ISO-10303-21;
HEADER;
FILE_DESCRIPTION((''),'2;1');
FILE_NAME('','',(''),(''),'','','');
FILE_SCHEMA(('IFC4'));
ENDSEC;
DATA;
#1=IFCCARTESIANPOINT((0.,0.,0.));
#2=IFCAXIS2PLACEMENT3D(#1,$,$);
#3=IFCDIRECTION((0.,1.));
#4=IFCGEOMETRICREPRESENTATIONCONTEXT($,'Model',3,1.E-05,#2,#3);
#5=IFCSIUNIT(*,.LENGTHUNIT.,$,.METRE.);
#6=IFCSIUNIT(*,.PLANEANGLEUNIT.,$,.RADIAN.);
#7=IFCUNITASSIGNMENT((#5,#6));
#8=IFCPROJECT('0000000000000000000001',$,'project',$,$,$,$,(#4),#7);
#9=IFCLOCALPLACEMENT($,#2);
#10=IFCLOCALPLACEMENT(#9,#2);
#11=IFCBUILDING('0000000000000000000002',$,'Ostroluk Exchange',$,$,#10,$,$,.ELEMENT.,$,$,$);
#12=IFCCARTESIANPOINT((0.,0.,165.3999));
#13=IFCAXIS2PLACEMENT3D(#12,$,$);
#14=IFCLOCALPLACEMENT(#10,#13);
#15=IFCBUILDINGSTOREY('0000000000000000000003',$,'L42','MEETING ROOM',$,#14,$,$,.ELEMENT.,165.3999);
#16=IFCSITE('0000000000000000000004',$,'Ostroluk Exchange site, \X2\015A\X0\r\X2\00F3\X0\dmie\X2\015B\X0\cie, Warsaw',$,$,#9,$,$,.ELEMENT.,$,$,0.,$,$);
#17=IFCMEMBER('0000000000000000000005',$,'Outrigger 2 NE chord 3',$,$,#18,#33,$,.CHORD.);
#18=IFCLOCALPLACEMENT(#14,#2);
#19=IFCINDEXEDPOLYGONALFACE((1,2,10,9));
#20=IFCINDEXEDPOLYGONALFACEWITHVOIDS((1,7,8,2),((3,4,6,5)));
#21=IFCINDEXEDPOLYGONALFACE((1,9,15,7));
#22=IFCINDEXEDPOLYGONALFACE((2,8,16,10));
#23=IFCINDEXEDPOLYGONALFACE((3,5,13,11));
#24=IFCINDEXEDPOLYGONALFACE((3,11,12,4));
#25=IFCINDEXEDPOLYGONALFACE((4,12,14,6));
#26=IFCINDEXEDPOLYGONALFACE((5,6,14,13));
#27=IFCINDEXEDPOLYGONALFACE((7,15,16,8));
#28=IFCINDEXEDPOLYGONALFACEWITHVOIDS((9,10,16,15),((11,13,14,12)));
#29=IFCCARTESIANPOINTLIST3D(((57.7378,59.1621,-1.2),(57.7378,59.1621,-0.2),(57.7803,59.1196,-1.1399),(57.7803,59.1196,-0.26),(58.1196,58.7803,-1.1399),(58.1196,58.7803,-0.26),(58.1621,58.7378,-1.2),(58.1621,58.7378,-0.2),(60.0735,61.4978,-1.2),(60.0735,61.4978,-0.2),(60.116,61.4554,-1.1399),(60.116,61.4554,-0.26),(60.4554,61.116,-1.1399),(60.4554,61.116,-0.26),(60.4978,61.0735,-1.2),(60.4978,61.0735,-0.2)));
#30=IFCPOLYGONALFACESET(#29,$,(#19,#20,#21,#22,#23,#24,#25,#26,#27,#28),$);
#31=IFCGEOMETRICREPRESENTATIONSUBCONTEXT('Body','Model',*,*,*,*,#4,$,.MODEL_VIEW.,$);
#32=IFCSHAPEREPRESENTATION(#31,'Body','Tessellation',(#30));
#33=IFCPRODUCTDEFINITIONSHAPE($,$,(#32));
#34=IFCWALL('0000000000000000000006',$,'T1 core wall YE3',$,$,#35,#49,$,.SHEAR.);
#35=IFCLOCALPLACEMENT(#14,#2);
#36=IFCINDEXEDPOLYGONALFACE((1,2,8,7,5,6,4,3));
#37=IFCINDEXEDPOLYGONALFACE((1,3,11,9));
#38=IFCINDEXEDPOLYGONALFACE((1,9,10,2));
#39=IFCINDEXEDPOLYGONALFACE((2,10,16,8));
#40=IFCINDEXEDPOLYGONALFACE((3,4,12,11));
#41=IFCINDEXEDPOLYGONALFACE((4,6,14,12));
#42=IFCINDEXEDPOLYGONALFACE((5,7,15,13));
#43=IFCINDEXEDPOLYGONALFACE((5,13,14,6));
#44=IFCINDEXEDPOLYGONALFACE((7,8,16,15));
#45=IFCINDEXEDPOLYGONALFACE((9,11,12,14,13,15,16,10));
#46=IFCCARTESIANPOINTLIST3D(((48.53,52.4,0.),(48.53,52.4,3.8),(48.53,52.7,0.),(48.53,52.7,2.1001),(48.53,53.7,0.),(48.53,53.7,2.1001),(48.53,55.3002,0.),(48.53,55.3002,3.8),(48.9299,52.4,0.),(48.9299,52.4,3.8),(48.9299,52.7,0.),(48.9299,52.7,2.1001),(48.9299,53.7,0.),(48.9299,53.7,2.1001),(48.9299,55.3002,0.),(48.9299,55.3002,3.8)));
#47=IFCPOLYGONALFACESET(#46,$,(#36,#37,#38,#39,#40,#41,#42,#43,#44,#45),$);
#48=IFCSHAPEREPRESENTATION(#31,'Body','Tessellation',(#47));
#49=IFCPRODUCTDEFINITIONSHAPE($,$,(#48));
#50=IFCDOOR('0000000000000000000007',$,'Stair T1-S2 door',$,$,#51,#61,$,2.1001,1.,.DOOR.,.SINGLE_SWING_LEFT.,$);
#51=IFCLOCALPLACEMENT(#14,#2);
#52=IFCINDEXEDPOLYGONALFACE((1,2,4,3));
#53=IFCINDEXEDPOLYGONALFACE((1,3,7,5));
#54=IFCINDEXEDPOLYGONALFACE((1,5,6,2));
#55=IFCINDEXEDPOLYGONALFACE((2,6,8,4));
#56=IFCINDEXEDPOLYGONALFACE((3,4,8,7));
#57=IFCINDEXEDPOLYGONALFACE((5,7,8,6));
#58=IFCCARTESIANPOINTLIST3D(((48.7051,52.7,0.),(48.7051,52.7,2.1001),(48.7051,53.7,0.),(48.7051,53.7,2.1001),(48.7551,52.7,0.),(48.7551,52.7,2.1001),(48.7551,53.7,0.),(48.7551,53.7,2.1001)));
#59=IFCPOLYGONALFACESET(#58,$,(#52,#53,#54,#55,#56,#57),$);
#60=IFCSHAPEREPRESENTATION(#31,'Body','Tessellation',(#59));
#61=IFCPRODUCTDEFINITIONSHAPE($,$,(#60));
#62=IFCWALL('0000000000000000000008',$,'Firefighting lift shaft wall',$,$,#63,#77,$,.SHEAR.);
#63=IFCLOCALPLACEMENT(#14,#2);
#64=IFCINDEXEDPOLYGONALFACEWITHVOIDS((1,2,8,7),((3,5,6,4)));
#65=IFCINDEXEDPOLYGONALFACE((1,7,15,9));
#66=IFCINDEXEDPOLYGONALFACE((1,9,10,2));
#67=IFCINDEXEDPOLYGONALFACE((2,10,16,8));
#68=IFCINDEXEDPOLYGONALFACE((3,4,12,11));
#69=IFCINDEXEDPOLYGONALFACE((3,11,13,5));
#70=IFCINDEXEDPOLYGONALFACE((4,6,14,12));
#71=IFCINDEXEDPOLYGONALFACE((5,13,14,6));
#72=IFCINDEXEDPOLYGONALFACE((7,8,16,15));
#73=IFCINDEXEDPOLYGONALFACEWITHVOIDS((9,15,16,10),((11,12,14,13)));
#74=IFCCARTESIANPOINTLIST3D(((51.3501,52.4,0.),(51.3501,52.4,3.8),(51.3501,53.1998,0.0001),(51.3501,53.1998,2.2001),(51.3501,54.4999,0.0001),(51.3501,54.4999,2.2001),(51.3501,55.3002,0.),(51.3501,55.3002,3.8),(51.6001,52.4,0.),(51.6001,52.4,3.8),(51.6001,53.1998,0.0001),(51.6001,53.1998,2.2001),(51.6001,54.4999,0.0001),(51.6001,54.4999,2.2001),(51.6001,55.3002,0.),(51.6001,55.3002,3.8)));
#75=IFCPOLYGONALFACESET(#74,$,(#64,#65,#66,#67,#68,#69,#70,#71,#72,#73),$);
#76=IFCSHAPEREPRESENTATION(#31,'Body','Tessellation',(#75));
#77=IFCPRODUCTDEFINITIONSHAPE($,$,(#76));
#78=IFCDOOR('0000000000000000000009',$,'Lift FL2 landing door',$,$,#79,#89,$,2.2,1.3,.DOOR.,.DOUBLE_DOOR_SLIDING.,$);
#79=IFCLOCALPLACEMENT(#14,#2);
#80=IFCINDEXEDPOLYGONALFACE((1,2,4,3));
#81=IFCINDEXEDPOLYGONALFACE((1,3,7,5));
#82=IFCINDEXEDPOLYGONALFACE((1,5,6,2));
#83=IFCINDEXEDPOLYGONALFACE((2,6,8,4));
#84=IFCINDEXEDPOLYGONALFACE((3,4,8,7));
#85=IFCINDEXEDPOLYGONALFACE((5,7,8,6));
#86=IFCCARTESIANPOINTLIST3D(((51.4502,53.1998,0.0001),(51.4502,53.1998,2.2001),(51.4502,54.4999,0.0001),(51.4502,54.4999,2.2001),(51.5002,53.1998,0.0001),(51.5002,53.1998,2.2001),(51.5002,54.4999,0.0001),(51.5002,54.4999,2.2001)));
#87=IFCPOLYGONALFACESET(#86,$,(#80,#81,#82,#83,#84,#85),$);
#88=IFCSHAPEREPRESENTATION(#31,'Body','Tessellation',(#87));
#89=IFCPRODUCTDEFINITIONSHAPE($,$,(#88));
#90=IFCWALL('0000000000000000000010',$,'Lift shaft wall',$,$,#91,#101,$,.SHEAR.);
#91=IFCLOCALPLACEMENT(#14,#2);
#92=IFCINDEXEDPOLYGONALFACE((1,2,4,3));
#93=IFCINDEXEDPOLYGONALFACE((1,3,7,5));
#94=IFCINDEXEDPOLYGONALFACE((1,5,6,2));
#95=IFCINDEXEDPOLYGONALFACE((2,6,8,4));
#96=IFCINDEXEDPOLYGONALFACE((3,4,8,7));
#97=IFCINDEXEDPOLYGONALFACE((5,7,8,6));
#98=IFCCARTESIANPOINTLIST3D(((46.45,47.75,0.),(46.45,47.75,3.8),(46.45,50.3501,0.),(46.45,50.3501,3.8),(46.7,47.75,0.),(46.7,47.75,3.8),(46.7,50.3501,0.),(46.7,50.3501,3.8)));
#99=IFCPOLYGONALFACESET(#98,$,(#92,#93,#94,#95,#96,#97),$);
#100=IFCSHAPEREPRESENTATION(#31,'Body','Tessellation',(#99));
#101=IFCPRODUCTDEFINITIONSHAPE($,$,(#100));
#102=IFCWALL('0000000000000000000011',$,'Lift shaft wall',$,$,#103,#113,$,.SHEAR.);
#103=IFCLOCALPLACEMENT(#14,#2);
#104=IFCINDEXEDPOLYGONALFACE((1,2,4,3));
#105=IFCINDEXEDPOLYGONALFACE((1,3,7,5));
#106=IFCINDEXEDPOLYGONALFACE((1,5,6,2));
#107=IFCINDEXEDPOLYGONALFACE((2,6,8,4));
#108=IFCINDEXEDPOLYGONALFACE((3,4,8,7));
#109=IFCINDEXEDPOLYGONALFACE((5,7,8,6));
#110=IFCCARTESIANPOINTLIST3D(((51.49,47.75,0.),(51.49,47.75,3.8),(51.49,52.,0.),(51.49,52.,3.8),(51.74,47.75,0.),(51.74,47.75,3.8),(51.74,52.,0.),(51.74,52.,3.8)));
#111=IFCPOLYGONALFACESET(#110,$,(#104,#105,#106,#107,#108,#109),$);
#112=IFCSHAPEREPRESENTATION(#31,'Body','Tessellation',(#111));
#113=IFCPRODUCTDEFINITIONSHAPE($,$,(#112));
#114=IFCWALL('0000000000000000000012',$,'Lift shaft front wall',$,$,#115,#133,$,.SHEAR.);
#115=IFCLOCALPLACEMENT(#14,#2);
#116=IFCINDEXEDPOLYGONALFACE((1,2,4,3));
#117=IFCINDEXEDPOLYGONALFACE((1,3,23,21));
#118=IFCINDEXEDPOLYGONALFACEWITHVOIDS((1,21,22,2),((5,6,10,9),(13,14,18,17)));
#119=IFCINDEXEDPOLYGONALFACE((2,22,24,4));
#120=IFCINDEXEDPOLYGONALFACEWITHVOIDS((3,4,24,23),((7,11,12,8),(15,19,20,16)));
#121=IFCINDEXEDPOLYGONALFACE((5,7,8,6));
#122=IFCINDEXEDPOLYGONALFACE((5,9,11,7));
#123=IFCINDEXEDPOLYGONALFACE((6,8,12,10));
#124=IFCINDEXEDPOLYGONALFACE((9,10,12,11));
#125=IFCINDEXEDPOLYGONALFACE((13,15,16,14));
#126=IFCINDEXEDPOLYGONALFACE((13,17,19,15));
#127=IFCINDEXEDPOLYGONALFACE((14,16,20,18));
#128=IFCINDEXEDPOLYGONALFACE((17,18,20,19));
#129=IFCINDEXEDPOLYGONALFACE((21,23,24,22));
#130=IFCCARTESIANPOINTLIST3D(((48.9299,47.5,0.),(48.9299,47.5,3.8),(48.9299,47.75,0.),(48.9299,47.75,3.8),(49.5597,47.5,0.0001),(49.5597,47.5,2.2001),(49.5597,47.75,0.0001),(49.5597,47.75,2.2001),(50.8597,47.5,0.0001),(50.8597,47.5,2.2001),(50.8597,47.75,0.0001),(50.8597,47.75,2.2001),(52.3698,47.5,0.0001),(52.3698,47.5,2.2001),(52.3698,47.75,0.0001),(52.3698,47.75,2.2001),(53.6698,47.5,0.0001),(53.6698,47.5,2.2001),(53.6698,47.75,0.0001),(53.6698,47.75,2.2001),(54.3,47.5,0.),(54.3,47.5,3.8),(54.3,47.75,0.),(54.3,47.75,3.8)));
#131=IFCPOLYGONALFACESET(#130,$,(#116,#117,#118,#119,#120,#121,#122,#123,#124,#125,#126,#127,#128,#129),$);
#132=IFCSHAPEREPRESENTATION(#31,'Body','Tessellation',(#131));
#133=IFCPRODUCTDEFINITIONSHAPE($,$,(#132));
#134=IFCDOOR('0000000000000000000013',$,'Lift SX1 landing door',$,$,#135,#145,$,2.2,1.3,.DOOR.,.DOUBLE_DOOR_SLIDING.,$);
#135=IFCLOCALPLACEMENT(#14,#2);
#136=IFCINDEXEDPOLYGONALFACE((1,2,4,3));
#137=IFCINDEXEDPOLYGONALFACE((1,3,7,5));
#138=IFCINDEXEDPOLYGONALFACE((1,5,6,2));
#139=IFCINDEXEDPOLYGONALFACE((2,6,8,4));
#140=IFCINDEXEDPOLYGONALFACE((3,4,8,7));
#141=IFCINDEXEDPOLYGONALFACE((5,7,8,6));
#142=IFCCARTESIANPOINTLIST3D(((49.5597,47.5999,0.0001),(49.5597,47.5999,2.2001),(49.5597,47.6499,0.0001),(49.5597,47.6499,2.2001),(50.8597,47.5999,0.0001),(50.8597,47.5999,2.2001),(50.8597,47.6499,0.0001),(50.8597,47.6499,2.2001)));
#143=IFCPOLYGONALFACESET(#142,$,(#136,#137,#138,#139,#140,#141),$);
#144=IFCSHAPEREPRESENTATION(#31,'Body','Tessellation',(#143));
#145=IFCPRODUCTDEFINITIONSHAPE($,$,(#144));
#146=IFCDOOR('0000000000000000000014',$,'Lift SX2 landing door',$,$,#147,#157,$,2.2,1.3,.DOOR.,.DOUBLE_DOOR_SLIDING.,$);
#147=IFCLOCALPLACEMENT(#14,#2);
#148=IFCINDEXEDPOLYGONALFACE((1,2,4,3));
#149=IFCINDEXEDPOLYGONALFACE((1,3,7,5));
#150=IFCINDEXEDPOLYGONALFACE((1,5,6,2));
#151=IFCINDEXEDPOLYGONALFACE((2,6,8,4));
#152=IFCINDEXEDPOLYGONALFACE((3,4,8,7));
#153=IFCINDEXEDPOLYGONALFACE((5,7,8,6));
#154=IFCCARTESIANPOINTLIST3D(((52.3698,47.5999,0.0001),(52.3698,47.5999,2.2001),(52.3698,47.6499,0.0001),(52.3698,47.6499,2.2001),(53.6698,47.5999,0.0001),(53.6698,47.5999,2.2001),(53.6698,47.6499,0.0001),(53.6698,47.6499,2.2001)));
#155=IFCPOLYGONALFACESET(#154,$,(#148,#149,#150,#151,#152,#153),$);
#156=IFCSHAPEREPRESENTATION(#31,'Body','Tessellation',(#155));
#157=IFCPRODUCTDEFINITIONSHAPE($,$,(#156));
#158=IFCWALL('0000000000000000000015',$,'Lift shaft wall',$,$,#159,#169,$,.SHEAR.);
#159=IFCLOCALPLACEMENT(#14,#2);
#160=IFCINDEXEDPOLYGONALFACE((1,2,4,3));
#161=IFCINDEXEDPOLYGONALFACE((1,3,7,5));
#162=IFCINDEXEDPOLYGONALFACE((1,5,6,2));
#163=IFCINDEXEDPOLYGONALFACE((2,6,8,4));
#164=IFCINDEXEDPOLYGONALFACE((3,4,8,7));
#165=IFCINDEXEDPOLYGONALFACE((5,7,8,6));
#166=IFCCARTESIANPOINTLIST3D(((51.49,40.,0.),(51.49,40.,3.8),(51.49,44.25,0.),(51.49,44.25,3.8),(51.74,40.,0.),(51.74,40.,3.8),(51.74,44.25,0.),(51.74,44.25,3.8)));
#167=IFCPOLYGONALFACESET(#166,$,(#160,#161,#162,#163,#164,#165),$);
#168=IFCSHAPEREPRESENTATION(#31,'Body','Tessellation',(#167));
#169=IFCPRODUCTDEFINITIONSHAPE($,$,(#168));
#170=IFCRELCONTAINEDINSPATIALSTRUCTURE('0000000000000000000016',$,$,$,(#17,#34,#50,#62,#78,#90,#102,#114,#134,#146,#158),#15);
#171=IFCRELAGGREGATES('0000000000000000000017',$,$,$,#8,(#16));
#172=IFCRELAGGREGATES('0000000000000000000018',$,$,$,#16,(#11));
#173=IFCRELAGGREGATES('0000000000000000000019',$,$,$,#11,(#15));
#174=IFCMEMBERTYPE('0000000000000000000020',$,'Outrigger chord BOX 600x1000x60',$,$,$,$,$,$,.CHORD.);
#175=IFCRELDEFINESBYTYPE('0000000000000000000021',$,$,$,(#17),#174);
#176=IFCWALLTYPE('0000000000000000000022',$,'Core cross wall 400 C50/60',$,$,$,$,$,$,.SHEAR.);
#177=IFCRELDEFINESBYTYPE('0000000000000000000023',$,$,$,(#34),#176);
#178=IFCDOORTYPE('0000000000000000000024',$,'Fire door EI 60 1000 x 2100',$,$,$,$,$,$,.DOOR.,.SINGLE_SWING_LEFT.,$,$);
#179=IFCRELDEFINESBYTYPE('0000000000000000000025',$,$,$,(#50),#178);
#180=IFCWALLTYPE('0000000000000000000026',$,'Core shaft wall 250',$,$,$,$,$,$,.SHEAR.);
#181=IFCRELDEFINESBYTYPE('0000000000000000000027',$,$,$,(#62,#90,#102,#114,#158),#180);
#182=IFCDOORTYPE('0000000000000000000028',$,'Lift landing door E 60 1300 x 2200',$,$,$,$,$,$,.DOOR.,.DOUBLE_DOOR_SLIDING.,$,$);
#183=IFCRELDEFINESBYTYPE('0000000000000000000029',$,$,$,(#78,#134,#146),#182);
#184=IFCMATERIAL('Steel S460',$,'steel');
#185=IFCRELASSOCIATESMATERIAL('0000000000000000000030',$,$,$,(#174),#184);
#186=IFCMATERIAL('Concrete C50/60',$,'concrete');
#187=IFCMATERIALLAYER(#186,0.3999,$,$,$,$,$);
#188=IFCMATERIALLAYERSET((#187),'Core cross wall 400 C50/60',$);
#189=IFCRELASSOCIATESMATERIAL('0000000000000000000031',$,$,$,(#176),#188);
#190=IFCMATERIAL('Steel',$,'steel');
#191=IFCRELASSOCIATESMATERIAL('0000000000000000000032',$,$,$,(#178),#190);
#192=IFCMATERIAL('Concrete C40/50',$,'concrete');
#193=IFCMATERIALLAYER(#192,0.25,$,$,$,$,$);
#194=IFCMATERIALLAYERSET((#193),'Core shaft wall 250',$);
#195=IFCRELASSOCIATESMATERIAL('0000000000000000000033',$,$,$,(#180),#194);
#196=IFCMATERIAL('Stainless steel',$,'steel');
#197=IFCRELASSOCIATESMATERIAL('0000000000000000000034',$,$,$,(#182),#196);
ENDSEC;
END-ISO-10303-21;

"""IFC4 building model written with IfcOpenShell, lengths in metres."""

from ifc_helpers import new_model, si_unit, direction, frame, frame_2d, origin, origin_2d, place, context, subcontext, project, spatial, rectangle, hollow_rectangle, extrude, material, layer, layer_set, material_profile, profile_set, type_object, element, fill, save


model = new_model("IFC4")

# Units and contexts
model_context = context("Model", 3, precision=1e-05, world=origin(), true_north=direction((0.0, 1.0)))
body_context = subcontext(model_context, "Body", "Model", "MODEL_VIEW")
ifc_project = project(units=[si_unit("LENGTHUNIT", "METRE"), si_unit("PLANEANGLEUNIT", "RADIAN")], contexts=[model_context])

# Site, building, storey
site_placement = place(None, origin())
site = spatial("IfcSite", under=ifc_project, at=site_placement, Name="Ostroluk Exchange site, Śródmieście, Warsaw", CompositionType="ELEMENT", RefElevation=0.0)
building_placement = place(site_placement, origin())
building = spatial("IfcBuilding", under=site, at=building_placement, Name="Ostroluk Exchange", CompositionType="ELEMENT")
storey_placement = place(building_placement, frame((0.0, 0.0, 165.3999)))
storey = spatial("IfcBuildingStorey", under=building, at=storey_placement, Name="L42", Description="MEETING ROOM", CompositionType="ELEMENT", Elevation=165.3999)

# Member
ifc_material_1 = material(Name="Steel S460", Category="steel")
ifc_material_profile_1 = material_profile(ifc_material_1, hollow_rectangle(XDim=0.6001, YDim=1.0, WallThickness=0.0601, at=origin_2d()), Name="BOX 600x1000x60")
ifc_profile_set_1 = profile_set([ifc_material_profile_1], Name="Steel S460")
member_type = type_object("IfcMemberType", Name="Outrigger chord BOX 600x1000x60", PredefinedType="CHORD", material=ifc_profile_set_1)
member_placement = place(storey_placement, frame((57.95, 58.95, -0.7), z_axis=(0.707107, 0.707107, 0.0), x_axis=(-0.707107, 0.707107, 0.0)))
element("IfcMember", 1, at=member_placement, inside=storey, type_object=member_type, Name="Outrigger 2 NE chord 3", PredefinedType="CHORD", context=body_context, shape_type="SweptSolid", body=[
    extrude(hollow_rectangle(XDim=0.6001, YDim=1.0, WallThickness=0.0601, at=origin_2d()), origin(), (0.0, 0.0, 1.0), 3.3032),
])

# Walls, openings, doors
ifc_material_2 = material(Name="Concrete C50/60", Category="concrete")
ifc_layer_1 = layer(ifc_material_2, 0.3999)
ifc_layer_set_1 = layer_set([ifc_layer_1], Name="Core cross wall 400 C50/60")
wall_type_1 = type_object("IfcWallType", Name="Core cross wall 400 C50/60", PredefinedType="SHEAR", material=ifc_layer_set_1)
wall_1_placement = place(storey_placement, frame((48.73, 52.3999, 0.0), z_axis=(0.0, 0.0, 1.0), x_axis=(0.0, 1.0, 0.0)))
wall_1 = element("IfcWall", 2, at=wall_1_placement, inside=storey, type_object=wall_type_1, Name="T1 core wall YE3", PredefinedType="SHEAR", context=body_context, shape_type="SweptSolid", body=[
    extrude(rectangle(XDim=2.9001, YDim=0.3999, at=frame_2d((1.4502, 0.0))), origin(), (0.0, 0.0, 1.0), 3.8),
])
opening_1_placement = place(wall_1_placement, frame((0.3, 0.0, 0.0)))
opening_1 = element("IfcOpeningElement", 3, at=opening_1_placement, cuts=wall_1, PredefinedType="OPENING", context=body_context, shape_type="SweptSolid", body=[
    extrude(rectangle(XDim=1.0, YDim=2.1001, at=frame_2d((0.5, 1.05))), frame((0.0, 0.21, 0.0), z_axis=(0.0, -1.0, 0.0), x_axis=(1.0, 0.0, 0.0)), (0.0, 0.0, 1.0), 0.4199),
])
ifc_material_3 = material(Name="Steel", Category="steel")
door_type_1 = type_object("IfcDoorType", Name="Fire door EI 60 1000 x 2100", OperationType="SINGLE_SWING_LEFT", PredefinedType="DOOR", material=ifc_material_3)
door_1_placement = place(opening_1_placement, origin())
door_1 = element("IfcDoor", 4, at=door_1_placement, inside=storey, type_object=door_type_1, Name="Stair T1-S2 door", OperationType="SINGLE_SWING_LEFT", OverallHeight=2.1001, OverallWidth=1.0, PredefinedType="DOOR", context=body_context, shape_type="SweptSolid", body=[
    extrude(rectangle(XDim=1.0, YDim=2.1001, at=frame_2d((0.5, 1.05))), frame((0.0, 0.0249, 0.0), z_axis=(0.0, -1.0, 0.0), x_axis=(1.0, 0.0, 0.0)), (0.0, 0.0, 1.0), 0.05),
])
fill(opening_1, door_1)
ifc_material_4 = material(Name="Concrete C40/50", Category="concrete")
ifc_layer_2 = layer(ifc_material_4, 0.25)
ifc_layer_set_2 = layer_set([ifc_layer_2], Name="Core shaft wall 250")
wall_type_2 = type_object("IfcWallType", Name="Core shaft wall 250", PredefinedType="SHEAR", material=ifc_layer_set_2)
wall_2_placement = place(storey_placement, frame((51.4751, 52.3999, 0.0), z_axis=(0.0, 0.0, 1.0), x_axis=(0.0, 1.0, 0.0)))
wall_2 = element("IfcWall", 5, at=wall_2_placement, inside=storey, type_object=wall_type_2, Name="Firefighting lift shaft wall", PredefinedType="SHEAR", context=body_context, shape_type="SweptSolid", body=[
    extrude(rectangle(XDim=2.9001, YDim=0.25, at=frame_2d((1.4502, 0.0))), origin(), (0.0, 0.0, 1.0), 3.8),
])
opening_2_placement = place(wall_2_placement, frame((0.8, 0.0, 0.0)))
opening_2 = element("IfcOpeningElement", 6, at=opening_2_placement, cuts=wall_2, PredefinedType="OPENING", context=body_context, shape_type="SweptSolid", body=[
    extrude(rectangle(XDim=1.3, YDim=2.2, at=frame_2d((0.6499, 1.1001))), frame((0.0, 0.135, 0.0), z_axis=(0.0, -1.0, 0.0), x_axis=(1.0, 0.0, 0.0)), (0.0, 0.0, 1.0), 0.27),
])
ifc_material_5 = material(Name="Stainless steel", Category="steel")
door_type_2 = type_object("IfcDoorType", Name="Lift landing door E 60 1300 x 2200", OperationType="DOUBLE_DOOR_SLIDING", PredefinedType="DOOR", material=ifc_material_5)
door_2_placement = place(opening_2_placement, origin())
door_2 = element("IfcDoor", 7, at=door_2_placement, inside=storey, type_object=door_type_2, Name="Lift FL2 landing door", OperationType="DOUBLE_DOOR_SLIDING", OverallHeight=2.2, OverallWidth=1.3, PredefinedType="DOOR", context=body_context, shape_type="SweptSolid", body=[
    extrude(rectangle(XDim=1.3, YDim=2.2, at=frame_2d((0.6499, 1.1001))), frame((0.0, 0.0249, 0.0), z_axis=(0.0, -1.0, 0.0), x_axis=(1.0, 0.0, 0.0)), (0.0, 0.0, 1.0), 0.05),
])
fill(opening_2, door_2)

# Walls
wall_3_placement = place(storey_placement, frame((46.575, 47.75, 0.0), z_axis=(0.0, 0.0, 1.0), x_axis=(0.0, 1.0, 0.0)))
element("IfcWall", 8, at=wall_3_placement, inside=storey, type_object=wall_type_2, Name="Lift shaft wall", PredefinedType="SHEAR", context=body_context, shape_type="SweptSolid", body=[
    extrude(rectangle(XDim=2.6001, YDim=0.25, at=frame_2d((1.3, 0.0))), origin(), (0.0, 0.0, 1.0), 3.8),
])
wall_4_placement = place(storey_placement, frame((51.615, 47.75, 0.0), z_axis=(0.0, 0.0, 1.0), x_axis=(0.0, 1.0, 0.0)))
element("IfcWall", 9, at=wall_4_placement, inside=storey, type_object=wall_type_2, Name="Lift shaft wall", PredefinedType="SHEAR", context=body_context, shape_type="SweptSolid", body=[
    extrude(rectangle(XDim=4.25, YDim=0.25, at=frame_2d((2.125, 0.0))), origin(), (0.0, 0.0, 1.0), 3.8),
])

# Wall, openings, doors
wall_5_placement = place(storey_placement, frame((48.9299, 47.625, 0.0), z_axis=(0.0, 0.0, 1.0), x_axis=(1.0, 0.0, 0.0)))
wall_5 = element("IfcWall", 10, at=wall_5_placement, inside=storey, type_object=wall_type_2, Name="Lift shaft front wall", PredefinedType="SHEAR", context=body_context, shape_type="SweptSolid", body=[
    extrude(rectangle(XDim=5.3701, YDim=0.25, at=frame_2d((2.6851, 0.0))), origin(), (0.0, 0.0, 1.0), 3.8),
])
opening_3_placement = place(wall_5_placement, frame((0.6299, 0.0, 0.0)))
opening_3 = element("IfcOpeningElement", 11, at=opening_3_placement, cuts=wall_5, PredefinedType="OPENING", context=body_context, shape_type="SweptSolid", body=[
    extrude(rectangle(XDim=1.3, YDim=2.2, at=frame_2d((0.6499, 1.1001))), frame((0.0, 0.135, 0.0), z_axis=(0.0, -1.0, 0.0), x_axis=(1.0, 0.0, 0.0)), (0.0, 0.0, 1.0), 0.27),
])
opening_4_placement = place(wall_5_placement, frame((3.4399, 0.0, 0.0)))
opening_4 = element("IfcOpeningElement", 12, at=opening_4_placement, cuts=wall_5, PredefinedType="OPENING", context=body_context, shape_type="SweptSolid", body=[
    extrude(rectangle(XDim=1.3, YDim=2.2, at=frame_2d((0.6499, 1.1001))), frame((0.0, 0.135, 0.0), z_axis=(0.0, -1.0, 0.0), x_axis=(1.0, 0.0, 0.0)), (0.0, 0.0, 1.0), 0.27),
])
door_3_placement = place(opening_3_placement, origin())
door_3 = element("IfcDoor", 13, at=door_3_placement, inside=storey, type_object=door_type_2, Name="Lift SX1 landing door", OperationType="DOUBLE_DOOR_SLIDING", OverallHeight=2.2, OverallWidth=1.3, PredefinedType="DOOR", context=body_context, shape_type="SweptSolid", body=[
    extrude(rectangle(XDim=1.3, YDim=2.2, at=frame_2d((0.6499, 1.1001))), frame((0.0, 0.0249, 0.0), z_axis=(0.0, -1.0, 0.0), x_axis=(1.0, 0.0, 0.0)), (0.0, 0.0, 1.0), 0.05),
])
fill(opening_3, door_3)
door_4_placement = place(opening_4_placement, origin())
door_4 = element("IfcDoor", 14, at=door_4_placement, inside=storey, type_object=door_type_2, Name="Lift SX2 landing door", OperationType="DOUBLE_DOOR_SLIDING", OverallHeight=2.2, OverallWidth=1.3, PredefinedType="DOOR", context=body_context, shape_type="SweptSolid", body=[
    extrude(rectangle(XDim=1.3, YDim=2.2, at=frame_2d((0.6499, 1.1001))), frame((0.0, 0.0249, 0.0), z_axis=(0.0, -1.0, 0.0), x_axis=(1.0, 0.0, 0.0)), (0.0, 0.0, 1.0), 0.05),
])
fill(opening_4, door_4)

# Wall
wall_6_placement = place(storey_placement, frame((51.615, 44.25, 0.0), z_axis=(0.0, 0.0, 1.0), x_axis=(0.0, -1.0, 0.0)))
element("IfcWall", 15, at=wall_6_placement, inside=storey, type_object=wall_type_2, Name="Lift shaft wall", PredefinedType="SHEAR", context=body_context, shape_type="SweptSolid", body=[
    extrude(rectangle(XDim=4.25, YDim=0.25, at=frame_2d((2.125, 0.0))), origin(), (0.0, 0.0, 1.0), 3.8),
])

save(model, "model.ifc")
